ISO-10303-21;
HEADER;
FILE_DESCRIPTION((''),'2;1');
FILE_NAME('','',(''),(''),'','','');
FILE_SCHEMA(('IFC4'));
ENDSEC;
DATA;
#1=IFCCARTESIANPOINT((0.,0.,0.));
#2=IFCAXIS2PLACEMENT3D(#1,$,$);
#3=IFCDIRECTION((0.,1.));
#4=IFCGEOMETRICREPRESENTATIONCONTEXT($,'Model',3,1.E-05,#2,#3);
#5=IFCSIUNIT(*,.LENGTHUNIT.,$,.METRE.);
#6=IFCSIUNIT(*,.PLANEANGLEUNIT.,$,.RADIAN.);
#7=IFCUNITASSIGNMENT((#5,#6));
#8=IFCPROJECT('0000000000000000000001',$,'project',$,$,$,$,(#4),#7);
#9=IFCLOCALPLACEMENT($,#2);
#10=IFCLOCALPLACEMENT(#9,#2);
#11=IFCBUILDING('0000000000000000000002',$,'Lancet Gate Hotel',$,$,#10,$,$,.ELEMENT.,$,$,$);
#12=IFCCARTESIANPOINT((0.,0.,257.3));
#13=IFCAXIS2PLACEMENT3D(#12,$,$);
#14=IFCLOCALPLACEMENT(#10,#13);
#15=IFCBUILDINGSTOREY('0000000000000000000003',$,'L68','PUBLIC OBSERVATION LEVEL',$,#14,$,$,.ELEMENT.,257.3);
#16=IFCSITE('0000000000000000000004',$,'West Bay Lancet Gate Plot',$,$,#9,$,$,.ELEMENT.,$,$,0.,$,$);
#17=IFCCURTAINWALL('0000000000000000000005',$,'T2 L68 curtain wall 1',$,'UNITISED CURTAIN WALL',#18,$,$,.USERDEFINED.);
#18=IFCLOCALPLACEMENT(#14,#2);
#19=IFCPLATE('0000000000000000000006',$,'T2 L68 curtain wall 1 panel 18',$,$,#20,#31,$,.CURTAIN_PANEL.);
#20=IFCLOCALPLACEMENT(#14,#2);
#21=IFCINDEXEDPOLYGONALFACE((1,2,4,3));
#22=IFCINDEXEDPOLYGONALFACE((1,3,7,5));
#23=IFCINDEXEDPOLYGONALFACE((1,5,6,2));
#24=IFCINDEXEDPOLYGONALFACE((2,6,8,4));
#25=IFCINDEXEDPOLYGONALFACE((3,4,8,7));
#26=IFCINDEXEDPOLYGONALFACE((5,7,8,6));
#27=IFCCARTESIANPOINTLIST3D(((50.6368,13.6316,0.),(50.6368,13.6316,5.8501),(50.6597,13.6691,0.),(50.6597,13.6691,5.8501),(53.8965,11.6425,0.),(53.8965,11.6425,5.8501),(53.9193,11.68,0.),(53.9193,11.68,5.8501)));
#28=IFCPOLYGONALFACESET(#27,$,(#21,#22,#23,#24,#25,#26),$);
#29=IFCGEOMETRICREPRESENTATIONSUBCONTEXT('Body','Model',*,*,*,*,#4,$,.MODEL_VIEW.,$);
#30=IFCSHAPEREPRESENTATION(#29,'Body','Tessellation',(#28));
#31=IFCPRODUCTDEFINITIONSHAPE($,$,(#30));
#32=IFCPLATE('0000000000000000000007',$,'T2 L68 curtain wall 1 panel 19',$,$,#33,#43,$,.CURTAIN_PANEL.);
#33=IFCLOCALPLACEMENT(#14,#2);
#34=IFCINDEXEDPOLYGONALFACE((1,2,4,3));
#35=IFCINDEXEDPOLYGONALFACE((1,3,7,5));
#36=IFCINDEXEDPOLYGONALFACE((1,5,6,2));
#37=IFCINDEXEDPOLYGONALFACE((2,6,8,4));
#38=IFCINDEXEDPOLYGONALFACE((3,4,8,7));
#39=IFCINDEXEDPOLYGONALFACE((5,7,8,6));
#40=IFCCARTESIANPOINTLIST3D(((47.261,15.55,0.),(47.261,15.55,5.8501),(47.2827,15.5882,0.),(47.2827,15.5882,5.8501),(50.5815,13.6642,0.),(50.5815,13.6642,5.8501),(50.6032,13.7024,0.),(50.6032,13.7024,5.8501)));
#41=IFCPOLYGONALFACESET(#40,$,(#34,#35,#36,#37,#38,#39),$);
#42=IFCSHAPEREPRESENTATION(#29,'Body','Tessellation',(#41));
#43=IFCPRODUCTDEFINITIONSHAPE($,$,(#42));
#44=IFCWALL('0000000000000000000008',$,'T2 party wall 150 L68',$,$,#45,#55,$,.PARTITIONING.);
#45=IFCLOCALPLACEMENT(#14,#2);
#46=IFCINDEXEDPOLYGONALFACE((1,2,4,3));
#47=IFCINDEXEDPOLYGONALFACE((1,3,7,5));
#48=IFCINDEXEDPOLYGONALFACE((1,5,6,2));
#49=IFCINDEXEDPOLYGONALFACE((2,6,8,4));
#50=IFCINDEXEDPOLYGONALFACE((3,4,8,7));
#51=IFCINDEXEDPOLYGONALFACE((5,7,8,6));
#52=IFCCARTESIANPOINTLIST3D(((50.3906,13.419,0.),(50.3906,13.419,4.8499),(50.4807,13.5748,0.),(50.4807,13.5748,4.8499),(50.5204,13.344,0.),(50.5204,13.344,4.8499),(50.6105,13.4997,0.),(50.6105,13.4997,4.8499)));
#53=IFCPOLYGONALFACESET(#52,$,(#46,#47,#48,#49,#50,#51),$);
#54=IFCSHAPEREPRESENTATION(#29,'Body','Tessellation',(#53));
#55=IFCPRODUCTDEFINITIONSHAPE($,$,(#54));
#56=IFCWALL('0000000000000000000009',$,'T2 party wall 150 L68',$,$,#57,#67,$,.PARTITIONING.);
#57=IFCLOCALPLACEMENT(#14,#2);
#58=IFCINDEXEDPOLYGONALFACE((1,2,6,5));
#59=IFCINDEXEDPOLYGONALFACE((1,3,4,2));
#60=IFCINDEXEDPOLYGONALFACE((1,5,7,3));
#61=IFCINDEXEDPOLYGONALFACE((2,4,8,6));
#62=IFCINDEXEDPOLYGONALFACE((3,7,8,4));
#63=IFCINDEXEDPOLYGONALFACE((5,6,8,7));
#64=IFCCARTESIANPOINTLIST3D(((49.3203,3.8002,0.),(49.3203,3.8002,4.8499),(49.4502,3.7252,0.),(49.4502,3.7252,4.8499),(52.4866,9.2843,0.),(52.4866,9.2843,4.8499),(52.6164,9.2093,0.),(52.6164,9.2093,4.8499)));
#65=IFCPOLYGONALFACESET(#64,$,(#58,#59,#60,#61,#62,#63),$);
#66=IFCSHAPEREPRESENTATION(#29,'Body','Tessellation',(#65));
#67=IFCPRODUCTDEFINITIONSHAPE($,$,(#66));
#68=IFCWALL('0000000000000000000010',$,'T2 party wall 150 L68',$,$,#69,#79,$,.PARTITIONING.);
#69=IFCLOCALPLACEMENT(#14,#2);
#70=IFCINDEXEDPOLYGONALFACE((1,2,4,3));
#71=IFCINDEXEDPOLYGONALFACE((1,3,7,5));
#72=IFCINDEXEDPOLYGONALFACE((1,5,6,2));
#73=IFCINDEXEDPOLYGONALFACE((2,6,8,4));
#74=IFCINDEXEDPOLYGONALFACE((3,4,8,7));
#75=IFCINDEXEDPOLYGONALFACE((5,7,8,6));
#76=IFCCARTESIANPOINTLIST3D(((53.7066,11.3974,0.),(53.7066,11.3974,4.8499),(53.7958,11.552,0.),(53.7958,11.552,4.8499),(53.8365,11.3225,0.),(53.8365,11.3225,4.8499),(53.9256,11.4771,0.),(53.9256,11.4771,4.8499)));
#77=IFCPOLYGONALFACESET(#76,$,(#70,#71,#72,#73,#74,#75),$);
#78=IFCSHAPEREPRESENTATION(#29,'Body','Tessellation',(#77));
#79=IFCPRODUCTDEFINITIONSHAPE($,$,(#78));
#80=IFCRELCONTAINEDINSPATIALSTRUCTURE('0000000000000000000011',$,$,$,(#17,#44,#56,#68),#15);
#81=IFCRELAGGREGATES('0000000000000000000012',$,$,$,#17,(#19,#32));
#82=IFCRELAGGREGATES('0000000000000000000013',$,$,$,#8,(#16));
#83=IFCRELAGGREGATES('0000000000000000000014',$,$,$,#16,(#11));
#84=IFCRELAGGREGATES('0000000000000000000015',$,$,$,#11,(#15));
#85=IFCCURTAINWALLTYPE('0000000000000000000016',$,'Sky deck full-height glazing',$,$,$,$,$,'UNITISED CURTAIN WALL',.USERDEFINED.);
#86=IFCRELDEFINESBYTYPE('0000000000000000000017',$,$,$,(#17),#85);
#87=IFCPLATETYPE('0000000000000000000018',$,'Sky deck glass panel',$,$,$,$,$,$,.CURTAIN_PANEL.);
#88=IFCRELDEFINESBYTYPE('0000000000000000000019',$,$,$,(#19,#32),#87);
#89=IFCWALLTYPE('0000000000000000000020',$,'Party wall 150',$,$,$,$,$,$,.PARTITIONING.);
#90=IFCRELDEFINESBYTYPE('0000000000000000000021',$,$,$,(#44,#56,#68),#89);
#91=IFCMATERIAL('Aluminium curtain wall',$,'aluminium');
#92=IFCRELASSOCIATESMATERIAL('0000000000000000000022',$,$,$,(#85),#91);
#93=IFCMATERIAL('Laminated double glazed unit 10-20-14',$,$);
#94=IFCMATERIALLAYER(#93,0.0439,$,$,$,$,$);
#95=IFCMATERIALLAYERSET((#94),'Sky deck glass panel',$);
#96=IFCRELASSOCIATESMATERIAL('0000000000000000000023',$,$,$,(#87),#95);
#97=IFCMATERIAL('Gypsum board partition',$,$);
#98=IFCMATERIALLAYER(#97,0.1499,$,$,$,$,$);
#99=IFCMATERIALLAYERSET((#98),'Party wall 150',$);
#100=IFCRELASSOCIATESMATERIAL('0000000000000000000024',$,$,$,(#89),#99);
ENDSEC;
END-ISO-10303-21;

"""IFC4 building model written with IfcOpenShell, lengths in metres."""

from ifc_helpers import new_model, si_unit, direction, frame, frame_2d, origin, origin_2d, place, context, subcontext, project, spatial, rectangle, extrude, material, layer, layer_set, type_object, element, aggregate, save


model = new_model("IFC4")

# Units and contexts
model_context = context("Model", 3, precision=1e-05, world=origin(), true_north=direction((0.0, 1.0)))
body_context = subcontext(model_context, "Body", "Model", "MODEL_VIEW")
ifc_project = project(units=[si_unit("LENGTHUNIT", "METRE"), si_unit("PLANEANGLEUNIT", "RADIAN")], contexts=[model_context])

# Site, building, storey
site_placement = place(None, origin())
site = spatial("IfcSite", under=ifc_project, at=site_placement, Name="West Bay Lancet Gate Plot", CompositionType="ELEMENT", RefElevation=0.0)
building_placement = place(site_placement, origin())
building = spatial("IfcBuilding", under=site, at=building_placement, Name="Lancet Gate Hotel", CompositionType="ELEMENT")
storey_placement = place(building_placement, frame((0.0, 0.0, 257.3)))
storey = spatial("IfcBuildingStorey", under=building, at=storey_placement, Name="L68", Description="PUBLIC OBSERVATION LEVEL", CompositionType="ELEMENT", Elevation=257.3)

# Curtain wall
ifc_material_1 = material(Name="Aluminium curtain wall", Category="aluminium")
curtain_wall_type = type_object("IfcCurtainWallType", Name="Sky deck full-height glazing", ElementType="UNITISED CURTAIN WALL", PredefinedType="USERDEFINED", material=ifc_material_1)
curtain_wall_placement = place(storey_placement, origin())
curtain_wall = element("IfcCurtainWall", 1, at=curtain_wall_placement, inside=storey, type_object=curtain_wall_type, Name="T2 L68 curtain wall 1", ObjectType="UNITISED CURTAIN WALL", PredefinedType="USERDEFINED")

# Plates
ifc_material_2 = material(Name="Laminated double glazed unit 10-20-14")
ifc_layer_1 = layer(ifc_material_2, 0.0439)
ifc_layer_set_1 = layer_set([ifc_layer_1], Name="Sky deck glass panel")
plate_type = type_object("IfcPlateType", Name="Sky deck glass panel", PredefinedType="CURTAIN_PANEL", material=ifc_layer_set_1)
plate_1_placement = place(storey_placement, frame((52.2781, 12.6558, 0.0), z_axis=(0.0, 0.0, 1.0), x_axis=(-0.853621, 0.520895, 0.0)))
plate_1 = element("IfcPlate", 2, at=plate_1_placement, type_object=plate_type, Name="T2 L68 curtain wall 1 panel 18", PredefinedType="CURTAIN_PANEL", context=body_context, shape_type="SweptSolid", body=[
    extrude(rectangle(XDim=3.8186, YDim=0.0439, at=origin_2d()), origin(), (0.0, 0.0, 1.0), 5.8501),
])
plate_2_placement = place(storey_placement, frame((48.9321, 14.6262, 0.0), z_axis=(0.0, 0.0, 1.0), x_axis=(-0.86955, 0.493844, 0.0)))
plate_2 = element("IfcPlate", 3, at=plate_2_placement, type_object=plate_type, Name="T2 L68 curtain wall 1 panel 19", PredefinedType="CURTAIN_PANEL", context=body_context, shape_type="SweptSolid", body=[
    extrude(rectangle(XDim=3.8186, YDim=0.0439, at=origin_2d()), origin(), (0.0, 0.0, 1.0), 5.8501),
])
aggregate(curtain_wall, [plate_1, plate_2])

# Walls
ifc_material_3 = material(Name="Gypsum board partition")
ifc_layer_2 = layer(ifc_material_3, 0.1499)
ifc_layer_set_2 = layer_set([ifc_layer_2], Name="Party wall 150")
wall_type = type_object("IfcWallType", Name="Party wall 150", PredefinedType="PARTITIONING", material=ifc_layer_set_2)
wall_1_placement = place(storey_placement, frame((50.4556, 13.3816, 0.0), z_axis=(0.0, 0.0, 1.0), x_axis=(0.500662, 0.865643, 0.0)))
element("IfcWall", 4, at=wall_1_placement, inside=storey, type_object=wall_type, Name="T2 party wall 150 L68", PredefinedType="PARTITIONING", context=body_context, shape_type="SweptSolid", body=[
    extrude(rectangle(XDim=0.1799, YDim=0.1499, at=frame_2d((0.0898, 0.0))), origin(), (0.0, 0.0, 1.0), 4.8499),
])
wall_2_placement = place(storey_placement, frame((49.3853, 3.7627, 0.0), z_axis=(0.0, 0.0, 1.0), x_axis=(0.499999, 0.866026, 0.0)))
element("IfcWall", 5, at=wall_2_placement, inside=storey, type_object=wall_type, Name="T2 party wall 150 L68", PredefinedType="PARTITIONING", context=body_context, shape_type="SweptSolid", body=[
    extrude(rectangle(XDim=6.3325, YDim=0.1499, at=frame_2d((3.1663, 0.0))), origin(), (0.0, 0.0, 1.0), 4.8499),
])
wall_3_placement = place(storey_placement, frame((53.7715, 11.3599, 0.0), z_axis=(0.0, 0.0, 1.0), x_axis=(0.499525, 0.866299, 0.0)))
element("IfcWall", 6, at=wall_3_placement, inside=storey, type_object=wall_type, Name="T2 party wall 150 L68", PredefinedType="PARTITIONING", context=body_context, shape_type="SweptSolid", body=[
    extrude(rectangle(XDim=0.1785, YDim=0.1499, at=frame_2d((0.0894, 0.0))), origin(), (0.0, 0.0, 1.0), 4.8499),
])

save(model, "model.ifc")
